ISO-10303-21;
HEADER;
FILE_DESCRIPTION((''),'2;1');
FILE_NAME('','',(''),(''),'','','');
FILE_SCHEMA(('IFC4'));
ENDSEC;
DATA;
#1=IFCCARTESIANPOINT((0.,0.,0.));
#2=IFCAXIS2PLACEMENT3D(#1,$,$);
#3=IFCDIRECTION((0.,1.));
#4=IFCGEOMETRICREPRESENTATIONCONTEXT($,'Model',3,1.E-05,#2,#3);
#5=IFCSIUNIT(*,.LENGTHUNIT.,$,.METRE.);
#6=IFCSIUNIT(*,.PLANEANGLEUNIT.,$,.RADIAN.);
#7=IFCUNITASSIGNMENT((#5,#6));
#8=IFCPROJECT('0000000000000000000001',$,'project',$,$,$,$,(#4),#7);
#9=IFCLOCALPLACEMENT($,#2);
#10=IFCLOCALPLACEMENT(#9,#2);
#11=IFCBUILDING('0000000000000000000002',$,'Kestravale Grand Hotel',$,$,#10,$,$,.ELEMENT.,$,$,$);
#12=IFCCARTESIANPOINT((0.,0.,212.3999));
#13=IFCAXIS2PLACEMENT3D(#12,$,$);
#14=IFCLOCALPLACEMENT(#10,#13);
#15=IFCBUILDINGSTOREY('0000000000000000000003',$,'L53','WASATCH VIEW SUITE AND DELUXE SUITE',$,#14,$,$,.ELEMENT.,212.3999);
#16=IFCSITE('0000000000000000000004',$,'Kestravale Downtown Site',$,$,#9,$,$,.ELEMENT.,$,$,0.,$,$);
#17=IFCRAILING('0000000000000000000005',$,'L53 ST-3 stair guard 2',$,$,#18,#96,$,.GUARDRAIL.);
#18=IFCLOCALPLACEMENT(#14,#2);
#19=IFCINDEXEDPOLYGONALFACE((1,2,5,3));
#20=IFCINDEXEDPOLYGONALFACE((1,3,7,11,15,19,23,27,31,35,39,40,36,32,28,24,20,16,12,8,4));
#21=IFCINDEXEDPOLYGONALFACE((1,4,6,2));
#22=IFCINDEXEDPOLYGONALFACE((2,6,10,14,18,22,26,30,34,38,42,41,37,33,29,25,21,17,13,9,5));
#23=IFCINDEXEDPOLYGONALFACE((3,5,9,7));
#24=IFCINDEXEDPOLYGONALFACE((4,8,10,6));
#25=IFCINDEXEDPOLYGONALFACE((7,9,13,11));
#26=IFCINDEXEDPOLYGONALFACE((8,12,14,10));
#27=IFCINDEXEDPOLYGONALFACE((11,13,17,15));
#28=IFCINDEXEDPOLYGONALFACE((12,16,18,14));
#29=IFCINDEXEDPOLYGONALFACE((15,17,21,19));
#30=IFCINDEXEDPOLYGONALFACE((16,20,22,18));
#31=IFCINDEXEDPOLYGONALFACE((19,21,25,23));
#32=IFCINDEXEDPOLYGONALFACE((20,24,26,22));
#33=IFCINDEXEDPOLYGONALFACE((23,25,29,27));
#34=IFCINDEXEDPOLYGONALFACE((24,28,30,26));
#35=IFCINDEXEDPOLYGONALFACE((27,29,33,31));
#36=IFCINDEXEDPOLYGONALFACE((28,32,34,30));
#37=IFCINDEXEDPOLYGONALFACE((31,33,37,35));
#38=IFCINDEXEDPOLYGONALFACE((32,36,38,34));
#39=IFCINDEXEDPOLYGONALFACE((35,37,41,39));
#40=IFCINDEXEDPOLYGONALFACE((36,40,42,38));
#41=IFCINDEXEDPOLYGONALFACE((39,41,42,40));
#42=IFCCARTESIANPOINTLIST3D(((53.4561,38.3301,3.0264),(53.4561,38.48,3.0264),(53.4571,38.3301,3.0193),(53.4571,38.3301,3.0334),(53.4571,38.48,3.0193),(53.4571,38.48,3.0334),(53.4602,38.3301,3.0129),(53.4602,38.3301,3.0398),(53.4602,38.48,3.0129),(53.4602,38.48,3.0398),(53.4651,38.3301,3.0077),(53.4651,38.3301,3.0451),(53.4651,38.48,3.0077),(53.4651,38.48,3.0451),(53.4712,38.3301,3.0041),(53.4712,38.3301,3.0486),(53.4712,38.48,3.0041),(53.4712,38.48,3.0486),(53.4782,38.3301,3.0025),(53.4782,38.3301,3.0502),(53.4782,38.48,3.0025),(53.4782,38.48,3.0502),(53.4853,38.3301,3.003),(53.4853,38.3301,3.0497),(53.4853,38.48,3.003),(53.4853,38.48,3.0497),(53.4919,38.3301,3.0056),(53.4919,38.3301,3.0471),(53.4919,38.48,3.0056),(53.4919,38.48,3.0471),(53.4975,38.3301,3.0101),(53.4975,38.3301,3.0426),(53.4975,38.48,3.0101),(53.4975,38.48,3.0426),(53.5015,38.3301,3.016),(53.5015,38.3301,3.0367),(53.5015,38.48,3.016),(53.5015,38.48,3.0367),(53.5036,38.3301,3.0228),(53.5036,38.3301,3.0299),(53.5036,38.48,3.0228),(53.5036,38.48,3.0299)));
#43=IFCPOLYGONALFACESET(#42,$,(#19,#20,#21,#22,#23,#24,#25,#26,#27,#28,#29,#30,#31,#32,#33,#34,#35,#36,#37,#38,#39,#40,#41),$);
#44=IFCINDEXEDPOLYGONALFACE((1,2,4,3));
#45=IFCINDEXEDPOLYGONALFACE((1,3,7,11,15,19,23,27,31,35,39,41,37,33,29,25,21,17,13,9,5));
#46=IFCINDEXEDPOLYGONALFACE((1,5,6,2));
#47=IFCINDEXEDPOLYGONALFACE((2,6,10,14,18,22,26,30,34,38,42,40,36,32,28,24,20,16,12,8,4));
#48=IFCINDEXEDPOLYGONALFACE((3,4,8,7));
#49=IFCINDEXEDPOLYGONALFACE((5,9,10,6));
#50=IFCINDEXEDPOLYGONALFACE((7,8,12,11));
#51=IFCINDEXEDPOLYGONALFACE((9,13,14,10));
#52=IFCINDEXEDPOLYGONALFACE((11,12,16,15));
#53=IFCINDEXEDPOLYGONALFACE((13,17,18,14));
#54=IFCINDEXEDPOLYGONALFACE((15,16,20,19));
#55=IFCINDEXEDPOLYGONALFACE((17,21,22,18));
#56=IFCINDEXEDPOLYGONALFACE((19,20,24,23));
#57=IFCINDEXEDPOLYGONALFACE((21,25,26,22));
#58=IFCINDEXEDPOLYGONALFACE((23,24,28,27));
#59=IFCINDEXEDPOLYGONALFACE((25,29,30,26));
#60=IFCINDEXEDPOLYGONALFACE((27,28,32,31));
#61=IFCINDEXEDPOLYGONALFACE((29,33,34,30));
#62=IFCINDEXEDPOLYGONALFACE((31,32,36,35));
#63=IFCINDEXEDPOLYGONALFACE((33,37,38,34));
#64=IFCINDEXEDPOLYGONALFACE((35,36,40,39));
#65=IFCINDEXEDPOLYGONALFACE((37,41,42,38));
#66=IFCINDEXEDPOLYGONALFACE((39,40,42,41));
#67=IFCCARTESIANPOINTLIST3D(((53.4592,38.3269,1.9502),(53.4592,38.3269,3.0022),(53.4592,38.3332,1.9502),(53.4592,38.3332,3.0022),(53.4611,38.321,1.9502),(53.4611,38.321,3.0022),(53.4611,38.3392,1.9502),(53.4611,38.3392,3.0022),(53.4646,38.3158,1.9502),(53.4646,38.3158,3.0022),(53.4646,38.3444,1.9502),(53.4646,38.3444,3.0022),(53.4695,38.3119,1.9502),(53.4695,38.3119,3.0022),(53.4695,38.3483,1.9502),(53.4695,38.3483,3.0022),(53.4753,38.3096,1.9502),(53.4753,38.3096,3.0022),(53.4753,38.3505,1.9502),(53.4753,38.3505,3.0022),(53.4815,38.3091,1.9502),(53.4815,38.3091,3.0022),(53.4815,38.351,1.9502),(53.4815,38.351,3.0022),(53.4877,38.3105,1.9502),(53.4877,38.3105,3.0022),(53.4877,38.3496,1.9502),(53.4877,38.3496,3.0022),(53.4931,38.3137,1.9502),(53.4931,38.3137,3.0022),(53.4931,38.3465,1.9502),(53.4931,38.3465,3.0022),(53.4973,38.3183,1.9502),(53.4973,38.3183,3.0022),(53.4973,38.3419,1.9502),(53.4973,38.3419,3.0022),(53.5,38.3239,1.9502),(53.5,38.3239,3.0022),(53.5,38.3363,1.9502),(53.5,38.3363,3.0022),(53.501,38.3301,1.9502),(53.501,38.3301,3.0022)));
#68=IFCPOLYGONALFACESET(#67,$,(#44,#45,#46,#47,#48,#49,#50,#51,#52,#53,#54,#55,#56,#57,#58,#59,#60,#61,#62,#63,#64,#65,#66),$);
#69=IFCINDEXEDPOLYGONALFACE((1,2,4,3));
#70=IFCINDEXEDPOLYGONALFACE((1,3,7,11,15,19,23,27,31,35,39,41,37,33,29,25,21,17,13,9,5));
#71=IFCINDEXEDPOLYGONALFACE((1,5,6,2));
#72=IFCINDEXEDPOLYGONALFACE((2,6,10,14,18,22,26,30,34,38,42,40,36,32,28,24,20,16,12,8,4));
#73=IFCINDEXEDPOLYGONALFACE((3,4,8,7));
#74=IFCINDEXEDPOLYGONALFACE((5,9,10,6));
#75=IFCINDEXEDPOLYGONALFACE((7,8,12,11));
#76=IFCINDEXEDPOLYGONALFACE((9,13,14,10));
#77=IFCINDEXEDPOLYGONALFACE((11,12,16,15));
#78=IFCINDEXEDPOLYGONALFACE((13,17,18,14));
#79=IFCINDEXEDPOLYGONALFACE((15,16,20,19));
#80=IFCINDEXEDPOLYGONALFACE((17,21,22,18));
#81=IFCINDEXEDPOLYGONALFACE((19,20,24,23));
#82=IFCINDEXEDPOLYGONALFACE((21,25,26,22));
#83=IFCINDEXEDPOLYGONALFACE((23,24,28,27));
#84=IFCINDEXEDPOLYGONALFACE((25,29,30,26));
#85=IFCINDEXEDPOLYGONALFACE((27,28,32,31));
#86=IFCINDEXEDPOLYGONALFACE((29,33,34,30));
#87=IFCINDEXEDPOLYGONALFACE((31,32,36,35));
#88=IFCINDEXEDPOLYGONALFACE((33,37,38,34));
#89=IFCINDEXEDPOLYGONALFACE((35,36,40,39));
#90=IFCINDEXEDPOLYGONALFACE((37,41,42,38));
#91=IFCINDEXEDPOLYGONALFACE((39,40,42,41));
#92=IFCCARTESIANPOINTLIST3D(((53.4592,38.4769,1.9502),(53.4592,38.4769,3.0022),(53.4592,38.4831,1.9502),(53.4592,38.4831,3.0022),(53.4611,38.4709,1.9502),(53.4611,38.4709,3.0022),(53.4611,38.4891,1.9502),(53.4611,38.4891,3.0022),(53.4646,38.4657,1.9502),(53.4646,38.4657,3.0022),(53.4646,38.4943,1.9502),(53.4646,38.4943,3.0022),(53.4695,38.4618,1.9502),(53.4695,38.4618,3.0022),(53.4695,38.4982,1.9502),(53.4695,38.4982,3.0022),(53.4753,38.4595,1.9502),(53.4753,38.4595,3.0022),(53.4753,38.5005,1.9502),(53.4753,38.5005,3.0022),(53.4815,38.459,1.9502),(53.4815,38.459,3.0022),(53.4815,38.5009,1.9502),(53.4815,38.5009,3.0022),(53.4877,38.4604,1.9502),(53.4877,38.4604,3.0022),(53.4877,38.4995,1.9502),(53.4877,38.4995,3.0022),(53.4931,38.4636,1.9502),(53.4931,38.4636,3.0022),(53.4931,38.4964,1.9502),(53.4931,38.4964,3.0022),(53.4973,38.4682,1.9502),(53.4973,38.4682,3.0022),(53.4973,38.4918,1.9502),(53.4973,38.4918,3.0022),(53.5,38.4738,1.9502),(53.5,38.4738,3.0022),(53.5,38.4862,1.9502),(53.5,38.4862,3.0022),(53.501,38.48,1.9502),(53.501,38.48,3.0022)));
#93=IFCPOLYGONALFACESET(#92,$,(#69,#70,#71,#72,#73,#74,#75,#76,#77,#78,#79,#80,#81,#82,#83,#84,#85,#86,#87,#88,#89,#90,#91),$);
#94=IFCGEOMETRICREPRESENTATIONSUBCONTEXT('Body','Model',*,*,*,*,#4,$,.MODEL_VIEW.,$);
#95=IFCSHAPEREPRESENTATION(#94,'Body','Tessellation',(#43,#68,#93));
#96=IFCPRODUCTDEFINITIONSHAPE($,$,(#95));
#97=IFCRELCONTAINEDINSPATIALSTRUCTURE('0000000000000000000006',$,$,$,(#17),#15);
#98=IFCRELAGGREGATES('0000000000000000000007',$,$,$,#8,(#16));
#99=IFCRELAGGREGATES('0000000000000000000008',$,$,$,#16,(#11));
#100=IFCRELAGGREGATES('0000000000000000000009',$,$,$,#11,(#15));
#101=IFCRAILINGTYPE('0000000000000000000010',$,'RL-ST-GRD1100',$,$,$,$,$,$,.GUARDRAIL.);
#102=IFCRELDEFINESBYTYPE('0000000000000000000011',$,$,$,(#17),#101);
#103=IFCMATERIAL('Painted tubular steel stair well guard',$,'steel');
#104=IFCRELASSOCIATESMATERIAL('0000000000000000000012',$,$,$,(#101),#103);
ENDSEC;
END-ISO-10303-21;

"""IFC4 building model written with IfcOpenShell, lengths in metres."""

from ifc_helpers import new_model, si_unit, direction, frame, origin, origin_2d, place, context, subcontext, project, spatial, circle, extrude, material, type_object, element, save


model = new_model("IFC4")

# Units and contexts
model_context = context("Model", 3, precision=1e-05, world=origin(), true_north=direction((0.0, 1.0)))
body_context = subcontext(model_context, "Body", "Model", "MODEL_VIEW")
ifc_project = project(units=[si_unit("LENGTHUNIT", "METRE"), si_unit("PLANEANGLEUNIT", "RADIAN")], contexts=[model_context])

# Site, building, storey
site_placement = place(None, origin())
site = spatial("IfcSite", under=ifc_project, at=site_placement, Name="Kestravale Downtown Site", CompositionType="ELEMENT", RefElevation=0.0)
building_placement = place(site_placement, origin())
building = spatial("IfcBuilding", under=site, at=building_placement, Name="Kestravale Grand Hotel", CompositionType="ELEMENT")
storey_placement = place(building_placement, frame((0.0, 0.0, 212.3999)))
storey = spatial("IfcBuildingStorey", under=building, at=storey_placement, Name="L53", Description="WASATCH VIEW SUITE AND DELUXE SUITE", CompositionType="ELEMENT", Elevation=212.3999)

# Railing
ifc_material_1 = material(Name="Painted tubular steel stair well guard", Category="steel")
railing_type_1 = type_object("IfcRailingType", Name="RL-ST-GRD1100", PredefinedType="GUARDRAIL", material=ifc_material_1)
railing_1_placement = place(storey_placement, frame((53.48, 38.3301, 1.9502)))
element("IfcRailing", 1, at=railing_1_placement, inside=storey, type_object=railing_type_1, Name="L53 ST-3 stair guard 2", PredefinedType="GUARDRAIL", context=body_context, shape_type="SweptSolid", body=[
    extrude(circle(Radius=0.0239, at=origin_2d()), frame((0.0, 0.0, 1.0762), z_axis=(0.0, 1.0, 0.0), x_axis=(-1.0, 0.0, 0.0)), (0.0, 0.0, 1.0), 0.1499),
    extrude(circle(Radius=0.021, at=origin_2d()), origin(), (0.0, 0.0, 1.0), 1.052),
    extrude(circle(Radius=0.021, at=origin_2d()), frame((0.0, 0.1499, 0.0)), (0.0, 0.0, 1.0), 1.052),
])

save(model, "model.ifc")
